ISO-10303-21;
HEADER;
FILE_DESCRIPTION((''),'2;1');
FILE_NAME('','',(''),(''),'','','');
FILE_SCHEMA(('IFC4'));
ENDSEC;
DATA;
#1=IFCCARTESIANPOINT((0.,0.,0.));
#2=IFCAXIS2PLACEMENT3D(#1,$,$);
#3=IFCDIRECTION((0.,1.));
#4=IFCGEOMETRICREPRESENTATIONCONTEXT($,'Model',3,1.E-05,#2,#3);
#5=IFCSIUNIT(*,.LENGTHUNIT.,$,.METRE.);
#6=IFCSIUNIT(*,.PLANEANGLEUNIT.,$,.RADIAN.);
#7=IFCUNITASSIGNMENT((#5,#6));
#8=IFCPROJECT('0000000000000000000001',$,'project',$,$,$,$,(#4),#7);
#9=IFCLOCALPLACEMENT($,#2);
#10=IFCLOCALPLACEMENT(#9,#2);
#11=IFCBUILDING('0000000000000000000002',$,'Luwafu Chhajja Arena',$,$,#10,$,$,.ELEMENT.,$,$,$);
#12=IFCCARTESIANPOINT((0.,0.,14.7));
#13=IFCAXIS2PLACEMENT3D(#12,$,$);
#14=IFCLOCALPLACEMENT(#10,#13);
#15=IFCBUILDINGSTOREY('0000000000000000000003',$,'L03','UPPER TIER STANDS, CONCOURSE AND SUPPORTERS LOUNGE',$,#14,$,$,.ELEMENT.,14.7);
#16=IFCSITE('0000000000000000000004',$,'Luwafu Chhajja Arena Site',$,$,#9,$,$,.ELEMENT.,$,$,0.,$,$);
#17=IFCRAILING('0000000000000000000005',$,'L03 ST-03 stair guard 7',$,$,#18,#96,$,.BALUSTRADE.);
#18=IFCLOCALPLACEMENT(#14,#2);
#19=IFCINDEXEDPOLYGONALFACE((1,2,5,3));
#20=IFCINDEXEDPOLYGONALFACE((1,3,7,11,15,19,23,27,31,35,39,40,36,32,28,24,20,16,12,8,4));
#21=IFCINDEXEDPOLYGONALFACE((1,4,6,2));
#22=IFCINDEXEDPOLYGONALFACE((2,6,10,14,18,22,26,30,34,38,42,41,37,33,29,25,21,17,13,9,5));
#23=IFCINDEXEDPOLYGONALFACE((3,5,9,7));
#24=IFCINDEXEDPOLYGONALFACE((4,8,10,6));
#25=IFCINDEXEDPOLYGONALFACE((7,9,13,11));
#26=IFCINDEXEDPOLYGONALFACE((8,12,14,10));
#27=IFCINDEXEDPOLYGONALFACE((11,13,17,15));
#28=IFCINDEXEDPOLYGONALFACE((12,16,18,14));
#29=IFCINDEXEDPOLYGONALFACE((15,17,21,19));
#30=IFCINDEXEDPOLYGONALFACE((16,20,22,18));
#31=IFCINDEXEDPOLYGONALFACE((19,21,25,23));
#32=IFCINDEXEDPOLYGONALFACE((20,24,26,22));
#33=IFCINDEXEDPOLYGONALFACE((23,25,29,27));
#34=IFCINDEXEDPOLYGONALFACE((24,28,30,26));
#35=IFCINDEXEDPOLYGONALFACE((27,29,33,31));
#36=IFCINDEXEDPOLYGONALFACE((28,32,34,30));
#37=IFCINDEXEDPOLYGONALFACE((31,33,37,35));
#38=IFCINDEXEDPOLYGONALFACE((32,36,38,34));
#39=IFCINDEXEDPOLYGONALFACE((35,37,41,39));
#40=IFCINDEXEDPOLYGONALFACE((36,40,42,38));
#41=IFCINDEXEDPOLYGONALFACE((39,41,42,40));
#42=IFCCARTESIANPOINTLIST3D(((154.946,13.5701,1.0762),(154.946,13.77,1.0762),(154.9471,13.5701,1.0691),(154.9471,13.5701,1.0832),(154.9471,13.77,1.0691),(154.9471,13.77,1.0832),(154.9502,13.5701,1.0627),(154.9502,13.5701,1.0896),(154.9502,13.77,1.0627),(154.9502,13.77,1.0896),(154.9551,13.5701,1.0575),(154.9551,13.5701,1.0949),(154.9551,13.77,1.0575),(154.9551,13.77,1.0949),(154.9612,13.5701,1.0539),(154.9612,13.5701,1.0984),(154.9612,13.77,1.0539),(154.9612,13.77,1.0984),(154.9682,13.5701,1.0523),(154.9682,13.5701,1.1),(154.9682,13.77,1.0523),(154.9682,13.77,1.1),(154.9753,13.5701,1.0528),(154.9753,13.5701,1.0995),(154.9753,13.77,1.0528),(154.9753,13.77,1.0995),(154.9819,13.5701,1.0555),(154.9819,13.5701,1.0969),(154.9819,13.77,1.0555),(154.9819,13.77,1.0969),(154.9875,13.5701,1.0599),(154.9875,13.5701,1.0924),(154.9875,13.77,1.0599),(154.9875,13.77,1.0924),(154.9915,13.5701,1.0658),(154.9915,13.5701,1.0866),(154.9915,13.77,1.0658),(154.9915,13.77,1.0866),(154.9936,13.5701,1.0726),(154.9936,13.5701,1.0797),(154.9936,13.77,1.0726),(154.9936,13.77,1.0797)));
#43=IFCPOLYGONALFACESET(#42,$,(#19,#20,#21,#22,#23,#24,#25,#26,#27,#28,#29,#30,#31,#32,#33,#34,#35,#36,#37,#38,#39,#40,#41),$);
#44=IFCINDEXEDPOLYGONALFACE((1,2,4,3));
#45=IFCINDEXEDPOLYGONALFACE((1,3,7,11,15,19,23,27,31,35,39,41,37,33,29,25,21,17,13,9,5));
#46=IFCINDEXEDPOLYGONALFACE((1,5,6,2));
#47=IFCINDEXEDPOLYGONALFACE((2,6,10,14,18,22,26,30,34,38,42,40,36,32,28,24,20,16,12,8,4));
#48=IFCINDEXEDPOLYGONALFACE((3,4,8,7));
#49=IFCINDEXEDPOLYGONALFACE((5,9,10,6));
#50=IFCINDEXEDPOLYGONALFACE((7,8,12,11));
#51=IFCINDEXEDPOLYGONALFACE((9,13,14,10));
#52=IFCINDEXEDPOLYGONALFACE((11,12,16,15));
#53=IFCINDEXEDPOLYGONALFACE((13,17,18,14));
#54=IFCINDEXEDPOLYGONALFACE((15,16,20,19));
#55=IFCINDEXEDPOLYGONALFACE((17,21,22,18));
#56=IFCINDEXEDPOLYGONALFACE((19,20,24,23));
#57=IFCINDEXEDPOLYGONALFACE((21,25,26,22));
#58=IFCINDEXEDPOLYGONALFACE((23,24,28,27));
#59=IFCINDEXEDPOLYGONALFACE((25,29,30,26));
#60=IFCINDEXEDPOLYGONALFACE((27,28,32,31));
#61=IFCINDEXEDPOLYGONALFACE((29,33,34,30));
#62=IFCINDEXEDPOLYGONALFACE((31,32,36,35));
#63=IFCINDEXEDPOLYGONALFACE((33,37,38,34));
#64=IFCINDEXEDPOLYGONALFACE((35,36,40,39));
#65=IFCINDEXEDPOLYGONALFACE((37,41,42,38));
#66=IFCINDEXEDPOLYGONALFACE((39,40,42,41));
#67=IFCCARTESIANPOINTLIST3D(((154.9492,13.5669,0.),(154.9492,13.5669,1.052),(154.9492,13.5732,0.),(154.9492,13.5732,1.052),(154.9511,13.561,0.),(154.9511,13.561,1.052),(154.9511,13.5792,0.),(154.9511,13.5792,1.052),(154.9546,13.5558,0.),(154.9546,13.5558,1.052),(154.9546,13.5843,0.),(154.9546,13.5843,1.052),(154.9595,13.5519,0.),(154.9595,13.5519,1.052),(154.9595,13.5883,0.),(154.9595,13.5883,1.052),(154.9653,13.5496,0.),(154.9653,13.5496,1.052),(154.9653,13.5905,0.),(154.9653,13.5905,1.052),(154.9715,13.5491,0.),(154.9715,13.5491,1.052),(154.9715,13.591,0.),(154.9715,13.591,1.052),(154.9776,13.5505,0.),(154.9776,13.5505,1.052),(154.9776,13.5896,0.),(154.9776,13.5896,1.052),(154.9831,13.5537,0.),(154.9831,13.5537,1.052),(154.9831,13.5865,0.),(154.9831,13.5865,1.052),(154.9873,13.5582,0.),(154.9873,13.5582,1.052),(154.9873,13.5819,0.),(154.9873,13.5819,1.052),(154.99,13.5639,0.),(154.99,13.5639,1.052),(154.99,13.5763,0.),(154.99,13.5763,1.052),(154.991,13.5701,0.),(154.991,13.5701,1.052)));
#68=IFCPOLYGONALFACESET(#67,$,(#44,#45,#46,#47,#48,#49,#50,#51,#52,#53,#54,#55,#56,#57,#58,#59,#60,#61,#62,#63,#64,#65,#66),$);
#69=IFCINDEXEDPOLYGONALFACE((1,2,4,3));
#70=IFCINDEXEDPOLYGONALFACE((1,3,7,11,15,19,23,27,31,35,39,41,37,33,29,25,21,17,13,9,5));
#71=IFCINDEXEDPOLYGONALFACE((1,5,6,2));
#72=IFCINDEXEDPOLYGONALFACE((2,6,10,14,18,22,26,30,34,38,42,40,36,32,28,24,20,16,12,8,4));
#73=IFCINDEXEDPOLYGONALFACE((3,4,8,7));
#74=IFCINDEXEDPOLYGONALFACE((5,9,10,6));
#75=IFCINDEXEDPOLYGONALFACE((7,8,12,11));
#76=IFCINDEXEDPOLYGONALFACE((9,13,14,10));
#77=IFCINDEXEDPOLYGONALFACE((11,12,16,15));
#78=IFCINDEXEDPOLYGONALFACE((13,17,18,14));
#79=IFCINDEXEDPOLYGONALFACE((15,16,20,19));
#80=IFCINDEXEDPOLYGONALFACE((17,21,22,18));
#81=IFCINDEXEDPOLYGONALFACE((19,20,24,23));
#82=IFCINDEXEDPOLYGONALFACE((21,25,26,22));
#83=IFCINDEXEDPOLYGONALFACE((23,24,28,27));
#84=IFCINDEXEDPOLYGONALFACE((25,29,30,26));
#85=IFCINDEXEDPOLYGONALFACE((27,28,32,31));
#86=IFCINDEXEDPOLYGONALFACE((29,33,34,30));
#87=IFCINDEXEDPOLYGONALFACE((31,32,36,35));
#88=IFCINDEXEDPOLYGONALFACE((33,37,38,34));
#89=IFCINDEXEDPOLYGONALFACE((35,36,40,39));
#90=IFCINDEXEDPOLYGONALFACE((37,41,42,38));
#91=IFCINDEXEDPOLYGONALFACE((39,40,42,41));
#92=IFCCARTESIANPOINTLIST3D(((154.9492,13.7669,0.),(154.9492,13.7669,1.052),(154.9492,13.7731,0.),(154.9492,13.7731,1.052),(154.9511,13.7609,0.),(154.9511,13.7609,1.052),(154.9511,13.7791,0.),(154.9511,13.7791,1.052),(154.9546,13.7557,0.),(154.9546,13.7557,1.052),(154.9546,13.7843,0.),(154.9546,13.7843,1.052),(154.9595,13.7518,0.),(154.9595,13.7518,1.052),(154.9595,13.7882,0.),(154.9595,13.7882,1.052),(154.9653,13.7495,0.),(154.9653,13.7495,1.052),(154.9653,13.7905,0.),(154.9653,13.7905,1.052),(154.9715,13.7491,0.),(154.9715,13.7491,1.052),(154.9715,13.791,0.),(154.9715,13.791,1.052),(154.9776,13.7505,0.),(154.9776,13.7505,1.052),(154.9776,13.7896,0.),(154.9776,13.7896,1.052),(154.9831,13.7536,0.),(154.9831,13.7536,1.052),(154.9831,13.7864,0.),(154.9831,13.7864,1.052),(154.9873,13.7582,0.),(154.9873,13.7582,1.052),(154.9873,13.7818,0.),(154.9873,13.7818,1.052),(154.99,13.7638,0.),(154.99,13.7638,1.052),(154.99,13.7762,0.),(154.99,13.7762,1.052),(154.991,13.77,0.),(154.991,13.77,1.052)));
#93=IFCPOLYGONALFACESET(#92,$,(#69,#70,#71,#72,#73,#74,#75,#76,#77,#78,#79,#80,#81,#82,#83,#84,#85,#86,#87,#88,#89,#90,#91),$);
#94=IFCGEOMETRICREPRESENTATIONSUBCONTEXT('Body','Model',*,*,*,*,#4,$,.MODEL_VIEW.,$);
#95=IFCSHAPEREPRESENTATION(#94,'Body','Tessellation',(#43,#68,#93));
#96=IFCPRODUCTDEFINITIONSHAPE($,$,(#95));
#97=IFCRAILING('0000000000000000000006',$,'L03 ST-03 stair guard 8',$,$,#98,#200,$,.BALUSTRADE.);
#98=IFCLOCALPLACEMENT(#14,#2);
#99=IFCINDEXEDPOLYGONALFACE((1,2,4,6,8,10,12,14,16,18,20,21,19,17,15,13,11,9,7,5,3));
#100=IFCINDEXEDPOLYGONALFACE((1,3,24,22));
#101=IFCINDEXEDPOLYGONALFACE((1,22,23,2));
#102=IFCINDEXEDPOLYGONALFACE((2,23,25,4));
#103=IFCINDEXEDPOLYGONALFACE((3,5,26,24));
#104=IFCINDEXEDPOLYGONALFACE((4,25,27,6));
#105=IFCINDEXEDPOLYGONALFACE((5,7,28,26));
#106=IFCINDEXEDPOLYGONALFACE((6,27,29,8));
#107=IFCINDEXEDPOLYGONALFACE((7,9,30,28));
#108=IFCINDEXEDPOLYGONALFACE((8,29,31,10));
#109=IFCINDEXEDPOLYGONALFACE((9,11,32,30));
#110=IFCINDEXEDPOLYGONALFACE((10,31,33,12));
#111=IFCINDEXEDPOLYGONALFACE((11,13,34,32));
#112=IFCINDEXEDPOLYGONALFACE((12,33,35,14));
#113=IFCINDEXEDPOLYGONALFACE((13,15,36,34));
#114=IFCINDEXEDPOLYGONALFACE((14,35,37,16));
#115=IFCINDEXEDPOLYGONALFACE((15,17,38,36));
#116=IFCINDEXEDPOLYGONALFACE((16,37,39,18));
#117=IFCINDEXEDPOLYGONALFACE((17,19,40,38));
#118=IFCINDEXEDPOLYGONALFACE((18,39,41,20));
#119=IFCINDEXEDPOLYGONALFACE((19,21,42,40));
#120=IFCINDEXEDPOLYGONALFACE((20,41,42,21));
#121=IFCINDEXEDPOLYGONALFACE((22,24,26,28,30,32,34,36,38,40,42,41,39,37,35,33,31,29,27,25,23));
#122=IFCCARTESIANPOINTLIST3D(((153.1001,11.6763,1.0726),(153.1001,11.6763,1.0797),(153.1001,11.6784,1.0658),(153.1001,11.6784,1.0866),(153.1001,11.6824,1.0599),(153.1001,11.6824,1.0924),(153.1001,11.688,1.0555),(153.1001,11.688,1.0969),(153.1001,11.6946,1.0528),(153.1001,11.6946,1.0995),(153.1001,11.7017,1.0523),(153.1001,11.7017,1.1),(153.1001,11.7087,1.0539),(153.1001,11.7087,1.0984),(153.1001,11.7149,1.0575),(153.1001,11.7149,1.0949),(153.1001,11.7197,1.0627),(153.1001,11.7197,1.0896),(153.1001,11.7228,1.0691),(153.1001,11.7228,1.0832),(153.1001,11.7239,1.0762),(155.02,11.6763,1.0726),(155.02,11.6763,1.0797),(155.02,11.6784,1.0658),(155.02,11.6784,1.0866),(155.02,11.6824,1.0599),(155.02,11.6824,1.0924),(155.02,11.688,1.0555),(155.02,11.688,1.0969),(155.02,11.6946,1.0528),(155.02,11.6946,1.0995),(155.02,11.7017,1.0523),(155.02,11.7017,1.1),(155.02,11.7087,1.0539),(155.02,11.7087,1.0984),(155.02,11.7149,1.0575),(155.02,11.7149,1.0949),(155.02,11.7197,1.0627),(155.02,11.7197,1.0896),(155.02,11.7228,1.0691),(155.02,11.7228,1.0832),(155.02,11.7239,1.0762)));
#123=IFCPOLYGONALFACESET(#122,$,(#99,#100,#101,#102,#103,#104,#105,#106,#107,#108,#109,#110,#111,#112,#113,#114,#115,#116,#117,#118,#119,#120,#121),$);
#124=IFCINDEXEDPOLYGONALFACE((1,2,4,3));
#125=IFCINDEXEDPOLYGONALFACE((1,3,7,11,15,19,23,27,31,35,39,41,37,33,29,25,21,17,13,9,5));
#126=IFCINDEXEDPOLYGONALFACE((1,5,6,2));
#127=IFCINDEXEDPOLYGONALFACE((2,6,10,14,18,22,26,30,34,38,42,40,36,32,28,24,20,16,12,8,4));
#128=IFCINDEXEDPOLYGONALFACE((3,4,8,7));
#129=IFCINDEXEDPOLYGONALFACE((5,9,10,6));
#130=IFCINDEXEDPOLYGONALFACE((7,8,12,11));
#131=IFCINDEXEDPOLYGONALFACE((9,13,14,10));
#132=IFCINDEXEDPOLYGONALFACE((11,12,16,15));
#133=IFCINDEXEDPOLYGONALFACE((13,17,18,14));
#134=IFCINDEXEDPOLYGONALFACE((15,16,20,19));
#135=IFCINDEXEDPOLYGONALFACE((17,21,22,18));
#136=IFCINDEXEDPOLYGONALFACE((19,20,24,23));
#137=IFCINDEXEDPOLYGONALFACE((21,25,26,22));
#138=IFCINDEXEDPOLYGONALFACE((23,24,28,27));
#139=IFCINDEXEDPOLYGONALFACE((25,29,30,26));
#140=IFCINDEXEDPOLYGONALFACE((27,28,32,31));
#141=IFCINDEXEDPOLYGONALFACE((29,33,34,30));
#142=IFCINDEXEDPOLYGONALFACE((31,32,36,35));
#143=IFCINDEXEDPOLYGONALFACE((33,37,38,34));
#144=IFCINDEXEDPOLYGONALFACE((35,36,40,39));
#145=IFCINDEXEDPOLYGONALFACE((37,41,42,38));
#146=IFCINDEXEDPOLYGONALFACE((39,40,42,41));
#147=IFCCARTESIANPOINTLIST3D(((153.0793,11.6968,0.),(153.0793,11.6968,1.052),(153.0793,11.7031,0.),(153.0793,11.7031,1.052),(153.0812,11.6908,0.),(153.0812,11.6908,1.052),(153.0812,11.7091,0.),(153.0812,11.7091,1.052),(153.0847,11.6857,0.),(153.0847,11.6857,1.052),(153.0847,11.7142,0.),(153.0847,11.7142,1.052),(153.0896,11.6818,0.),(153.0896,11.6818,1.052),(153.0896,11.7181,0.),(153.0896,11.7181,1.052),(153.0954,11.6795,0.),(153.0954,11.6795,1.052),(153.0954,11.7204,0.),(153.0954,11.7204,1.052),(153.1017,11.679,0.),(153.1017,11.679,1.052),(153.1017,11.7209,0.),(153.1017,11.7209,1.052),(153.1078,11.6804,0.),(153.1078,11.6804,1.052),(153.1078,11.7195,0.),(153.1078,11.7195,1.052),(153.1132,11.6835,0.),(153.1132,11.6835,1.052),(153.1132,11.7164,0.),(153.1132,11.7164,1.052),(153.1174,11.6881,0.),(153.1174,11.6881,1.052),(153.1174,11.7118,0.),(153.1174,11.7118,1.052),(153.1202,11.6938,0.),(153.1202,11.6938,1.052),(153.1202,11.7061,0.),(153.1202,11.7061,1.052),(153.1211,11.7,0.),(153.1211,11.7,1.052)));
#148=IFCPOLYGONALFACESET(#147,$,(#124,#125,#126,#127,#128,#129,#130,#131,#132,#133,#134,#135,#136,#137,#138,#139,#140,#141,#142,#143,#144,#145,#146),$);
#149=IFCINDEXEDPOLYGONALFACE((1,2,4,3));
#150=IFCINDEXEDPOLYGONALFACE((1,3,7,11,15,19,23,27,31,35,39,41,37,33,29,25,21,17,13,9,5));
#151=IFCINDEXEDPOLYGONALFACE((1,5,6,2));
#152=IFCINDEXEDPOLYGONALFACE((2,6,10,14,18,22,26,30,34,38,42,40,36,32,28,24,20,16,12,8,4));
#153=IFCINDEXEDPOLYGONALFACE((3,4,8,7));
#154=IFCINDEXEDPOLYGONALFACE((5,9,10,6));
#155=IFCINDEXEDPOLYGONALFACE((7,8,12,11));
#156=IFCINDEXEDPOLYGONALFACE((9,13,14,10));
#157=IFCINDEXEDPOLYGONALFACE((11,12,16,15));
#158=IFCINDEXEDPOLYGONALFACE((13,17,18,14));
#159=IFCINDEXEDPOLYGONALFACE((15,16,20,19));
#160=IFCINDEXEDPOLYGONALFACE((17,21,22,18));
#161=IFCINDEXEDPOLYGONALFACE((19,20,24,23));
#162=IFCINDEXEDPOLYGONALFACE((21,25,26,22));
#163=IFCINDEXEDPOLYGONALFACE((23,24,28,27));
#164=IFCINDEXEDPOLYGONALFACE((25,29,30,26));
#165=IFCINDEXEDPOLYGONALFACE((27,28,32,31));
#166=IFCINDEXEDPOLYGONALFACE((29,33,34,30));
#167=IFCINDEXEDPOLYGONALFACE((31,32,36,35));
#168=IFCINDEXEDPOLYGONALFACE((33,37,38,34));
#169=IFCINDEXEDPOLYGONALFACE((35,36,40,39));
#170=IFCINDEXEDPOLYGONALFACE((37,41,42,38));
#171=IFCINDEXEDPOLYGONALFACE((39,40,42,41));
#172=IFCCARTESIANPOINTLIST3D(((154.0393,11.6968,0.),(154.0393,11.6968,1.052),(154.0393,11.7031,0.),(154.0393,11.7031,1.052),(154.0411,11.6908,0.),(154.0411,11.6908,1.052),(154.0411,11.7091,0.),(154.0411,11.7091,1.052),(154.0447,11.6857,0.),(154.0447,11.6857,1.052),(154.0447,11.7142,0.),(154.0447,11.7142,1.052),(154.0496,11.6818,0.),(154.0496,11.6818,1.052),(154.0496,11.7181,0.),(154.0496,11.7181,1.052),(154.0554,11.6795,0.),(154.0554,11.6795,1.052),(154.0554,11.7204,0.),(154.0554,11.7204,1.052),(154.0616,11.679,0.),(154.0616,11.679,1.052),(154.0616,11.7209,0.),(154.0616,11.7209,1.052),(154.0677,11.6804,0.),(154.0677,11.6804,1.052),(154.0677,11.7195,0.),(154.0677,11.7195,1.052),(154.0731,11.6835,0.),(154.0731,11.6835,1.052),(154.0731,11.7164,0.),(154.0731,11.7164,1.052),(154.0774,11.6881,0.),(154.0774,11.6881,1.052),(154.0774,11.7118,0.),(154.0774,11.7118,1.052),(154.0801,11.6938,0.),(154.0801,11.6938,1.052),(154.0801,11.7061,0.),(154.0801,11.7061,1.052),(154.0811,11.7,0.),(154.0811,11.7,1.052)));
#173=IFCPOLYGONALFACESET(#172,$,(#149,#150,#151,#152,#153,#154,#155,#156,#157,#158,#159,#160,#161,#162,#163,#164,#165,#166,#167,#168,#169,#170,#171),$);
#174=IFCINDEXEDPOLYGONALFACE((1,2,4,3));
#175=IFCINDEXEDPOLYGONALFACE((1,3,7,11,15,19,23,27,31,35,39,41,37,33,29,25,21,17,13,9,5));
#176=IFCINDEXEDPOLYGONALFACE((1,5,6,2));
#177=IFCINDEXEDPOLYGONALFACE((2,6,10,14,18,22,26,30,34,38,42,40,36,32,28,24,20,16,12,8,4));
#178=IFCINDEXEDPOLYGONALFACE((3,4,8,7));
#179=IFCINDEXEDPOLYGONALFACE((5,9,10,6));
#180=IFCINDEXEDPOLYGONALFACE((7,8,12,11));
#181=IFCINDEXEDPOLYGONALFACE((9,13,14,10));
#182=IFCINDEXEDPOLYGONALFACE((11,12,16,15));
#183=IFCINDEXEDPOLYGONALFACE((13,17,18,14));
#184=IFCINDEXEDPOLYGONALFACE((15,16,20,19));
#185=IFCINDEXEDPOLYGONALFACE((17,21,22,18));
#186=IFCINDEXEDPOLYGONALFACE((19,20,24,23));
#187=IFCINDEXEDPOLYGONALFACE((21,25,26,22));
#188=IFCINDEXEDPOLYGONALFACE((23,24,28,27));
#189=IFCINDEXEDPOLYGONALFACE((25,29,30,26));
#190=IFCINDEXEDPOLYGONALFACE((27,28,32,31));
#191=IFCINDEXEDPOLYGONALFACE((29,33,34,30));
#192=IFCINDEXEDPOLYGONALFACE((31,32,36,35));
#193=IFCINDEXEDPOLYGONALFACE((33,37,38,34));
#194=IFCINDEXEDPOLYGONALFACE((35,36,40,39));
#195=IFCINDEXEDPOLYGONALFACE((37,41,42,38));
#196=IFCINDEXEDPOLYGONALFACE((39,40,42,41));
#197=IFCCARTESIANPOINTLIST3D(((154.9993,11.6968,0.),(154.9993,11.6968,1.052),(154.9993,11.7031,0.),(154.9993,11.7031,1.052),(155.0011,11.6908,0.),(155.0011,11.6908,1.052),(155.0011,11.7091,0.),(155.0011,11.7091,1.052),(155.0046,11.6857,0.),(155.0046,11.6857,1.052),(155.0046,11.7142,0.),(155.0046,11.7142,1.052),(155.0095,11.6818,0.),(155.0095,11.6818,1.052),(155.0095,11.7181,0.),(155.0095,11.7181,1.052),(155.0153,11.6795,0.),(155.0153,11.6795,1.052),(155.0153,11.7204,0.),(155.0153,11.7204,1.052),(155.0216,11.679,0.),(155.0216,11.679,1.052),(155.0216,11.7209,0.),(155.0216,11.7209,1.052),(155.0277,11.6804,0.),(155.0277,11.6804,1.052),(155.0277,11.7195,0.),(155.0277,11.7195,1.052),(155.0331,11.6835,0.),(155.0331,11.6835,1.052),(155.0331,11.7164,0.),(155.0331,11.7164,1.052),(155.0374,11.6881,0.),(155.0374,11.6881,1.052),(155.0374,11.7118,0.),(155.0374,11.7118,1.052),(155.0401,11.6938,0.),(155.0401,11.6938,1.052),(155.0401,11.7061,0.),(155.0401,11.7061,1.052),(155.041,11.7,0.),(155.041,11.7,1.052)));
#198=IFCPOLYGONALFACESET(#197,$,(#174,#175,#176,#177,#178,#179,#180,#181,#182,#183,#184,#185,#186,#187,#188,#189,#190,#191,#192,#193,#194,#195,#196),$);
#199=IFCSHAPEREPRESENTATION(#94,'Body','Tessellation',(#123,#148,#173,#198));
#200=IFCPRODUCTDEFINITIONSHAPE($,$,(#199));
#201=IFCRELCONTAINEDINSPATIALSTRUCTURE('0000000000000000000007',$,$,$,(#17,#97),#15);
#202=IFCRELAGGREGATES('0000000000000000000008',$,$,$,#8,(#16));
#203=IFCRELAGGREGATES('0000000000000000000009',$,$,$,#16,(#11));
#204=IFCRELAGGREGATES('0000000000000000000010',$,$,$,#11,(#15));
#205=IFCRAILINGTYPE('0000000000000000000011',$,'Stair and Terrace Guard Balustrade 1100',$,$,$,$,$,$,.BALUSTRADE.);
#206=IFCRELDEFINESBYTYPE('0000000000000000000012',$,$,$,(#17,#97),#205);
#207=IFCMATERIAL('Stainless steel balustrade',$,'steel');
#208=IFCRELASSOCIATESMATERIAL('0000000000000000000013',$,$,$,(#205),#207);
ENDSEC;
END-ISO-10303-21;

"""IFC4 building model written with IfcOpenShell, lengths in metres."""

from ifc_helpers import new_model, si_unit, direction, frame, origin, origin_2d, place, context, subcontext, project, spatial, circle, extrude, material, type_object, element, save


model = new_model("IFC4")

# Units and contexts
model_context = context("Model", 3, precision=1e-05, world=origin(), true_north=direction((0.0, 1.0)))
body_context = subcontext(model_context, "Body", "Model", "MODEL_VIEW")
ifc_project = project(units=[si_unit("LENGTHUNIT", "METRE"), si_unit("PLANEANGLEUNIT", "RADIAN")], contexts=[model_context])

# Site, building, storey
site_placement = place(None, origin())
site = spatial("IfcSite", under=ifc_project, at=site_placement, Name="Luwafu Chhajja Arena Site", CompositionType="ELEMENT", RefElevation=0.0)
building_placement = place(site_placement, origin())
building = spatial("IfcBuilding", under=site, at=building_placement, Name="Luwafu Chhajja Arena", CompositionType="ELEMENT")
storey_placement = place(building_placement, frame((0.0, 0.0, 14.7)))
storey = spatial("IfcBuildingStorey", under=building, at=storey_placement, Name="L03", Description="UPPER TIER STANDS, CONCOURSE AND SUPPORTERS LOUNGE", CompositionType="ELEMENT", Elevation=14.7)

# Railings
ifc_material_1 = material(Name="Stainless steel balustrade", Category="steel")
railing_type_1 = type_object("IfcRailingType", Name="Stair and Terrace Guard Balustrade 1100", PredefinedType="BALUSTRADE", material=ifc_material_1)
railing_1_placement = place(storey_placement, frame((154.97, 13.5701, 0.0)))
element("IfcRailing", 1, at=railing_1_placement, inside=storey, type_object=railing_type_1, Name="L03 ST-03 stair guard 7", PredefinedType="BALUSTRADE", context=body_context, shape_type="SweptSolid", body=[
    extrude(circle(Radius=0.0239, at=origin_2d()), frame((0.0, 0.0, 1.0762), z_axis=(0.0, 1.0, 0.0), x_axis=(-1.0, 0.0, 0.0)), (0.0, 0.0, 1.0), 0.2),
    extrude(circle(Radius=0.021, at=origin_2d()), origin(), (0.0, 0.0, 1.0), 1.052),
    extrude(circle(Radius=0.021, at=origin_2d()), frame((0.0, 0.2, 0.0)), (0.0, 0.0, 1.0), 1.052),
])
railing_2_placement = place(storey_placement, frame((153.1001, 11.7, 0.0)))
element("IfcRailing", 2, at=railing_2_placement, inside=storey, type_object=railing_type_1, Name="L03 ST-03 stair guard 8", PredefinedType="BALUSTRADE", context=body_context, shape_type="SweptSolid", body=[
    extrude(circle(Radius=0.0239, at=origin_2d()), frame((0.0, 0.0, 1.0762), z_axis=(1.0, 0.0, 0.0), x_axis=(0.0, 1.0, 0.0)), (0.0, 0.0, 1.0), 1.9199),
    extrude(circle(Radius=0.021, at=origin_2d()), origin(), (0.0, 0.0, 1.0), 1.052),
    extrude(circle(Radius=0.021, at=origin_2d()), frame((0.96, 0.0, 0.0)), (0.0, 0.0, 1.0), 1.052),
    extrude(circle(Radius=0.021, at=origin_2d()), frame((1.9199, 0.0, 0.0)), (0.0, 0.0, 1.0), 1.052),
])

save(model, "model.ifc")
